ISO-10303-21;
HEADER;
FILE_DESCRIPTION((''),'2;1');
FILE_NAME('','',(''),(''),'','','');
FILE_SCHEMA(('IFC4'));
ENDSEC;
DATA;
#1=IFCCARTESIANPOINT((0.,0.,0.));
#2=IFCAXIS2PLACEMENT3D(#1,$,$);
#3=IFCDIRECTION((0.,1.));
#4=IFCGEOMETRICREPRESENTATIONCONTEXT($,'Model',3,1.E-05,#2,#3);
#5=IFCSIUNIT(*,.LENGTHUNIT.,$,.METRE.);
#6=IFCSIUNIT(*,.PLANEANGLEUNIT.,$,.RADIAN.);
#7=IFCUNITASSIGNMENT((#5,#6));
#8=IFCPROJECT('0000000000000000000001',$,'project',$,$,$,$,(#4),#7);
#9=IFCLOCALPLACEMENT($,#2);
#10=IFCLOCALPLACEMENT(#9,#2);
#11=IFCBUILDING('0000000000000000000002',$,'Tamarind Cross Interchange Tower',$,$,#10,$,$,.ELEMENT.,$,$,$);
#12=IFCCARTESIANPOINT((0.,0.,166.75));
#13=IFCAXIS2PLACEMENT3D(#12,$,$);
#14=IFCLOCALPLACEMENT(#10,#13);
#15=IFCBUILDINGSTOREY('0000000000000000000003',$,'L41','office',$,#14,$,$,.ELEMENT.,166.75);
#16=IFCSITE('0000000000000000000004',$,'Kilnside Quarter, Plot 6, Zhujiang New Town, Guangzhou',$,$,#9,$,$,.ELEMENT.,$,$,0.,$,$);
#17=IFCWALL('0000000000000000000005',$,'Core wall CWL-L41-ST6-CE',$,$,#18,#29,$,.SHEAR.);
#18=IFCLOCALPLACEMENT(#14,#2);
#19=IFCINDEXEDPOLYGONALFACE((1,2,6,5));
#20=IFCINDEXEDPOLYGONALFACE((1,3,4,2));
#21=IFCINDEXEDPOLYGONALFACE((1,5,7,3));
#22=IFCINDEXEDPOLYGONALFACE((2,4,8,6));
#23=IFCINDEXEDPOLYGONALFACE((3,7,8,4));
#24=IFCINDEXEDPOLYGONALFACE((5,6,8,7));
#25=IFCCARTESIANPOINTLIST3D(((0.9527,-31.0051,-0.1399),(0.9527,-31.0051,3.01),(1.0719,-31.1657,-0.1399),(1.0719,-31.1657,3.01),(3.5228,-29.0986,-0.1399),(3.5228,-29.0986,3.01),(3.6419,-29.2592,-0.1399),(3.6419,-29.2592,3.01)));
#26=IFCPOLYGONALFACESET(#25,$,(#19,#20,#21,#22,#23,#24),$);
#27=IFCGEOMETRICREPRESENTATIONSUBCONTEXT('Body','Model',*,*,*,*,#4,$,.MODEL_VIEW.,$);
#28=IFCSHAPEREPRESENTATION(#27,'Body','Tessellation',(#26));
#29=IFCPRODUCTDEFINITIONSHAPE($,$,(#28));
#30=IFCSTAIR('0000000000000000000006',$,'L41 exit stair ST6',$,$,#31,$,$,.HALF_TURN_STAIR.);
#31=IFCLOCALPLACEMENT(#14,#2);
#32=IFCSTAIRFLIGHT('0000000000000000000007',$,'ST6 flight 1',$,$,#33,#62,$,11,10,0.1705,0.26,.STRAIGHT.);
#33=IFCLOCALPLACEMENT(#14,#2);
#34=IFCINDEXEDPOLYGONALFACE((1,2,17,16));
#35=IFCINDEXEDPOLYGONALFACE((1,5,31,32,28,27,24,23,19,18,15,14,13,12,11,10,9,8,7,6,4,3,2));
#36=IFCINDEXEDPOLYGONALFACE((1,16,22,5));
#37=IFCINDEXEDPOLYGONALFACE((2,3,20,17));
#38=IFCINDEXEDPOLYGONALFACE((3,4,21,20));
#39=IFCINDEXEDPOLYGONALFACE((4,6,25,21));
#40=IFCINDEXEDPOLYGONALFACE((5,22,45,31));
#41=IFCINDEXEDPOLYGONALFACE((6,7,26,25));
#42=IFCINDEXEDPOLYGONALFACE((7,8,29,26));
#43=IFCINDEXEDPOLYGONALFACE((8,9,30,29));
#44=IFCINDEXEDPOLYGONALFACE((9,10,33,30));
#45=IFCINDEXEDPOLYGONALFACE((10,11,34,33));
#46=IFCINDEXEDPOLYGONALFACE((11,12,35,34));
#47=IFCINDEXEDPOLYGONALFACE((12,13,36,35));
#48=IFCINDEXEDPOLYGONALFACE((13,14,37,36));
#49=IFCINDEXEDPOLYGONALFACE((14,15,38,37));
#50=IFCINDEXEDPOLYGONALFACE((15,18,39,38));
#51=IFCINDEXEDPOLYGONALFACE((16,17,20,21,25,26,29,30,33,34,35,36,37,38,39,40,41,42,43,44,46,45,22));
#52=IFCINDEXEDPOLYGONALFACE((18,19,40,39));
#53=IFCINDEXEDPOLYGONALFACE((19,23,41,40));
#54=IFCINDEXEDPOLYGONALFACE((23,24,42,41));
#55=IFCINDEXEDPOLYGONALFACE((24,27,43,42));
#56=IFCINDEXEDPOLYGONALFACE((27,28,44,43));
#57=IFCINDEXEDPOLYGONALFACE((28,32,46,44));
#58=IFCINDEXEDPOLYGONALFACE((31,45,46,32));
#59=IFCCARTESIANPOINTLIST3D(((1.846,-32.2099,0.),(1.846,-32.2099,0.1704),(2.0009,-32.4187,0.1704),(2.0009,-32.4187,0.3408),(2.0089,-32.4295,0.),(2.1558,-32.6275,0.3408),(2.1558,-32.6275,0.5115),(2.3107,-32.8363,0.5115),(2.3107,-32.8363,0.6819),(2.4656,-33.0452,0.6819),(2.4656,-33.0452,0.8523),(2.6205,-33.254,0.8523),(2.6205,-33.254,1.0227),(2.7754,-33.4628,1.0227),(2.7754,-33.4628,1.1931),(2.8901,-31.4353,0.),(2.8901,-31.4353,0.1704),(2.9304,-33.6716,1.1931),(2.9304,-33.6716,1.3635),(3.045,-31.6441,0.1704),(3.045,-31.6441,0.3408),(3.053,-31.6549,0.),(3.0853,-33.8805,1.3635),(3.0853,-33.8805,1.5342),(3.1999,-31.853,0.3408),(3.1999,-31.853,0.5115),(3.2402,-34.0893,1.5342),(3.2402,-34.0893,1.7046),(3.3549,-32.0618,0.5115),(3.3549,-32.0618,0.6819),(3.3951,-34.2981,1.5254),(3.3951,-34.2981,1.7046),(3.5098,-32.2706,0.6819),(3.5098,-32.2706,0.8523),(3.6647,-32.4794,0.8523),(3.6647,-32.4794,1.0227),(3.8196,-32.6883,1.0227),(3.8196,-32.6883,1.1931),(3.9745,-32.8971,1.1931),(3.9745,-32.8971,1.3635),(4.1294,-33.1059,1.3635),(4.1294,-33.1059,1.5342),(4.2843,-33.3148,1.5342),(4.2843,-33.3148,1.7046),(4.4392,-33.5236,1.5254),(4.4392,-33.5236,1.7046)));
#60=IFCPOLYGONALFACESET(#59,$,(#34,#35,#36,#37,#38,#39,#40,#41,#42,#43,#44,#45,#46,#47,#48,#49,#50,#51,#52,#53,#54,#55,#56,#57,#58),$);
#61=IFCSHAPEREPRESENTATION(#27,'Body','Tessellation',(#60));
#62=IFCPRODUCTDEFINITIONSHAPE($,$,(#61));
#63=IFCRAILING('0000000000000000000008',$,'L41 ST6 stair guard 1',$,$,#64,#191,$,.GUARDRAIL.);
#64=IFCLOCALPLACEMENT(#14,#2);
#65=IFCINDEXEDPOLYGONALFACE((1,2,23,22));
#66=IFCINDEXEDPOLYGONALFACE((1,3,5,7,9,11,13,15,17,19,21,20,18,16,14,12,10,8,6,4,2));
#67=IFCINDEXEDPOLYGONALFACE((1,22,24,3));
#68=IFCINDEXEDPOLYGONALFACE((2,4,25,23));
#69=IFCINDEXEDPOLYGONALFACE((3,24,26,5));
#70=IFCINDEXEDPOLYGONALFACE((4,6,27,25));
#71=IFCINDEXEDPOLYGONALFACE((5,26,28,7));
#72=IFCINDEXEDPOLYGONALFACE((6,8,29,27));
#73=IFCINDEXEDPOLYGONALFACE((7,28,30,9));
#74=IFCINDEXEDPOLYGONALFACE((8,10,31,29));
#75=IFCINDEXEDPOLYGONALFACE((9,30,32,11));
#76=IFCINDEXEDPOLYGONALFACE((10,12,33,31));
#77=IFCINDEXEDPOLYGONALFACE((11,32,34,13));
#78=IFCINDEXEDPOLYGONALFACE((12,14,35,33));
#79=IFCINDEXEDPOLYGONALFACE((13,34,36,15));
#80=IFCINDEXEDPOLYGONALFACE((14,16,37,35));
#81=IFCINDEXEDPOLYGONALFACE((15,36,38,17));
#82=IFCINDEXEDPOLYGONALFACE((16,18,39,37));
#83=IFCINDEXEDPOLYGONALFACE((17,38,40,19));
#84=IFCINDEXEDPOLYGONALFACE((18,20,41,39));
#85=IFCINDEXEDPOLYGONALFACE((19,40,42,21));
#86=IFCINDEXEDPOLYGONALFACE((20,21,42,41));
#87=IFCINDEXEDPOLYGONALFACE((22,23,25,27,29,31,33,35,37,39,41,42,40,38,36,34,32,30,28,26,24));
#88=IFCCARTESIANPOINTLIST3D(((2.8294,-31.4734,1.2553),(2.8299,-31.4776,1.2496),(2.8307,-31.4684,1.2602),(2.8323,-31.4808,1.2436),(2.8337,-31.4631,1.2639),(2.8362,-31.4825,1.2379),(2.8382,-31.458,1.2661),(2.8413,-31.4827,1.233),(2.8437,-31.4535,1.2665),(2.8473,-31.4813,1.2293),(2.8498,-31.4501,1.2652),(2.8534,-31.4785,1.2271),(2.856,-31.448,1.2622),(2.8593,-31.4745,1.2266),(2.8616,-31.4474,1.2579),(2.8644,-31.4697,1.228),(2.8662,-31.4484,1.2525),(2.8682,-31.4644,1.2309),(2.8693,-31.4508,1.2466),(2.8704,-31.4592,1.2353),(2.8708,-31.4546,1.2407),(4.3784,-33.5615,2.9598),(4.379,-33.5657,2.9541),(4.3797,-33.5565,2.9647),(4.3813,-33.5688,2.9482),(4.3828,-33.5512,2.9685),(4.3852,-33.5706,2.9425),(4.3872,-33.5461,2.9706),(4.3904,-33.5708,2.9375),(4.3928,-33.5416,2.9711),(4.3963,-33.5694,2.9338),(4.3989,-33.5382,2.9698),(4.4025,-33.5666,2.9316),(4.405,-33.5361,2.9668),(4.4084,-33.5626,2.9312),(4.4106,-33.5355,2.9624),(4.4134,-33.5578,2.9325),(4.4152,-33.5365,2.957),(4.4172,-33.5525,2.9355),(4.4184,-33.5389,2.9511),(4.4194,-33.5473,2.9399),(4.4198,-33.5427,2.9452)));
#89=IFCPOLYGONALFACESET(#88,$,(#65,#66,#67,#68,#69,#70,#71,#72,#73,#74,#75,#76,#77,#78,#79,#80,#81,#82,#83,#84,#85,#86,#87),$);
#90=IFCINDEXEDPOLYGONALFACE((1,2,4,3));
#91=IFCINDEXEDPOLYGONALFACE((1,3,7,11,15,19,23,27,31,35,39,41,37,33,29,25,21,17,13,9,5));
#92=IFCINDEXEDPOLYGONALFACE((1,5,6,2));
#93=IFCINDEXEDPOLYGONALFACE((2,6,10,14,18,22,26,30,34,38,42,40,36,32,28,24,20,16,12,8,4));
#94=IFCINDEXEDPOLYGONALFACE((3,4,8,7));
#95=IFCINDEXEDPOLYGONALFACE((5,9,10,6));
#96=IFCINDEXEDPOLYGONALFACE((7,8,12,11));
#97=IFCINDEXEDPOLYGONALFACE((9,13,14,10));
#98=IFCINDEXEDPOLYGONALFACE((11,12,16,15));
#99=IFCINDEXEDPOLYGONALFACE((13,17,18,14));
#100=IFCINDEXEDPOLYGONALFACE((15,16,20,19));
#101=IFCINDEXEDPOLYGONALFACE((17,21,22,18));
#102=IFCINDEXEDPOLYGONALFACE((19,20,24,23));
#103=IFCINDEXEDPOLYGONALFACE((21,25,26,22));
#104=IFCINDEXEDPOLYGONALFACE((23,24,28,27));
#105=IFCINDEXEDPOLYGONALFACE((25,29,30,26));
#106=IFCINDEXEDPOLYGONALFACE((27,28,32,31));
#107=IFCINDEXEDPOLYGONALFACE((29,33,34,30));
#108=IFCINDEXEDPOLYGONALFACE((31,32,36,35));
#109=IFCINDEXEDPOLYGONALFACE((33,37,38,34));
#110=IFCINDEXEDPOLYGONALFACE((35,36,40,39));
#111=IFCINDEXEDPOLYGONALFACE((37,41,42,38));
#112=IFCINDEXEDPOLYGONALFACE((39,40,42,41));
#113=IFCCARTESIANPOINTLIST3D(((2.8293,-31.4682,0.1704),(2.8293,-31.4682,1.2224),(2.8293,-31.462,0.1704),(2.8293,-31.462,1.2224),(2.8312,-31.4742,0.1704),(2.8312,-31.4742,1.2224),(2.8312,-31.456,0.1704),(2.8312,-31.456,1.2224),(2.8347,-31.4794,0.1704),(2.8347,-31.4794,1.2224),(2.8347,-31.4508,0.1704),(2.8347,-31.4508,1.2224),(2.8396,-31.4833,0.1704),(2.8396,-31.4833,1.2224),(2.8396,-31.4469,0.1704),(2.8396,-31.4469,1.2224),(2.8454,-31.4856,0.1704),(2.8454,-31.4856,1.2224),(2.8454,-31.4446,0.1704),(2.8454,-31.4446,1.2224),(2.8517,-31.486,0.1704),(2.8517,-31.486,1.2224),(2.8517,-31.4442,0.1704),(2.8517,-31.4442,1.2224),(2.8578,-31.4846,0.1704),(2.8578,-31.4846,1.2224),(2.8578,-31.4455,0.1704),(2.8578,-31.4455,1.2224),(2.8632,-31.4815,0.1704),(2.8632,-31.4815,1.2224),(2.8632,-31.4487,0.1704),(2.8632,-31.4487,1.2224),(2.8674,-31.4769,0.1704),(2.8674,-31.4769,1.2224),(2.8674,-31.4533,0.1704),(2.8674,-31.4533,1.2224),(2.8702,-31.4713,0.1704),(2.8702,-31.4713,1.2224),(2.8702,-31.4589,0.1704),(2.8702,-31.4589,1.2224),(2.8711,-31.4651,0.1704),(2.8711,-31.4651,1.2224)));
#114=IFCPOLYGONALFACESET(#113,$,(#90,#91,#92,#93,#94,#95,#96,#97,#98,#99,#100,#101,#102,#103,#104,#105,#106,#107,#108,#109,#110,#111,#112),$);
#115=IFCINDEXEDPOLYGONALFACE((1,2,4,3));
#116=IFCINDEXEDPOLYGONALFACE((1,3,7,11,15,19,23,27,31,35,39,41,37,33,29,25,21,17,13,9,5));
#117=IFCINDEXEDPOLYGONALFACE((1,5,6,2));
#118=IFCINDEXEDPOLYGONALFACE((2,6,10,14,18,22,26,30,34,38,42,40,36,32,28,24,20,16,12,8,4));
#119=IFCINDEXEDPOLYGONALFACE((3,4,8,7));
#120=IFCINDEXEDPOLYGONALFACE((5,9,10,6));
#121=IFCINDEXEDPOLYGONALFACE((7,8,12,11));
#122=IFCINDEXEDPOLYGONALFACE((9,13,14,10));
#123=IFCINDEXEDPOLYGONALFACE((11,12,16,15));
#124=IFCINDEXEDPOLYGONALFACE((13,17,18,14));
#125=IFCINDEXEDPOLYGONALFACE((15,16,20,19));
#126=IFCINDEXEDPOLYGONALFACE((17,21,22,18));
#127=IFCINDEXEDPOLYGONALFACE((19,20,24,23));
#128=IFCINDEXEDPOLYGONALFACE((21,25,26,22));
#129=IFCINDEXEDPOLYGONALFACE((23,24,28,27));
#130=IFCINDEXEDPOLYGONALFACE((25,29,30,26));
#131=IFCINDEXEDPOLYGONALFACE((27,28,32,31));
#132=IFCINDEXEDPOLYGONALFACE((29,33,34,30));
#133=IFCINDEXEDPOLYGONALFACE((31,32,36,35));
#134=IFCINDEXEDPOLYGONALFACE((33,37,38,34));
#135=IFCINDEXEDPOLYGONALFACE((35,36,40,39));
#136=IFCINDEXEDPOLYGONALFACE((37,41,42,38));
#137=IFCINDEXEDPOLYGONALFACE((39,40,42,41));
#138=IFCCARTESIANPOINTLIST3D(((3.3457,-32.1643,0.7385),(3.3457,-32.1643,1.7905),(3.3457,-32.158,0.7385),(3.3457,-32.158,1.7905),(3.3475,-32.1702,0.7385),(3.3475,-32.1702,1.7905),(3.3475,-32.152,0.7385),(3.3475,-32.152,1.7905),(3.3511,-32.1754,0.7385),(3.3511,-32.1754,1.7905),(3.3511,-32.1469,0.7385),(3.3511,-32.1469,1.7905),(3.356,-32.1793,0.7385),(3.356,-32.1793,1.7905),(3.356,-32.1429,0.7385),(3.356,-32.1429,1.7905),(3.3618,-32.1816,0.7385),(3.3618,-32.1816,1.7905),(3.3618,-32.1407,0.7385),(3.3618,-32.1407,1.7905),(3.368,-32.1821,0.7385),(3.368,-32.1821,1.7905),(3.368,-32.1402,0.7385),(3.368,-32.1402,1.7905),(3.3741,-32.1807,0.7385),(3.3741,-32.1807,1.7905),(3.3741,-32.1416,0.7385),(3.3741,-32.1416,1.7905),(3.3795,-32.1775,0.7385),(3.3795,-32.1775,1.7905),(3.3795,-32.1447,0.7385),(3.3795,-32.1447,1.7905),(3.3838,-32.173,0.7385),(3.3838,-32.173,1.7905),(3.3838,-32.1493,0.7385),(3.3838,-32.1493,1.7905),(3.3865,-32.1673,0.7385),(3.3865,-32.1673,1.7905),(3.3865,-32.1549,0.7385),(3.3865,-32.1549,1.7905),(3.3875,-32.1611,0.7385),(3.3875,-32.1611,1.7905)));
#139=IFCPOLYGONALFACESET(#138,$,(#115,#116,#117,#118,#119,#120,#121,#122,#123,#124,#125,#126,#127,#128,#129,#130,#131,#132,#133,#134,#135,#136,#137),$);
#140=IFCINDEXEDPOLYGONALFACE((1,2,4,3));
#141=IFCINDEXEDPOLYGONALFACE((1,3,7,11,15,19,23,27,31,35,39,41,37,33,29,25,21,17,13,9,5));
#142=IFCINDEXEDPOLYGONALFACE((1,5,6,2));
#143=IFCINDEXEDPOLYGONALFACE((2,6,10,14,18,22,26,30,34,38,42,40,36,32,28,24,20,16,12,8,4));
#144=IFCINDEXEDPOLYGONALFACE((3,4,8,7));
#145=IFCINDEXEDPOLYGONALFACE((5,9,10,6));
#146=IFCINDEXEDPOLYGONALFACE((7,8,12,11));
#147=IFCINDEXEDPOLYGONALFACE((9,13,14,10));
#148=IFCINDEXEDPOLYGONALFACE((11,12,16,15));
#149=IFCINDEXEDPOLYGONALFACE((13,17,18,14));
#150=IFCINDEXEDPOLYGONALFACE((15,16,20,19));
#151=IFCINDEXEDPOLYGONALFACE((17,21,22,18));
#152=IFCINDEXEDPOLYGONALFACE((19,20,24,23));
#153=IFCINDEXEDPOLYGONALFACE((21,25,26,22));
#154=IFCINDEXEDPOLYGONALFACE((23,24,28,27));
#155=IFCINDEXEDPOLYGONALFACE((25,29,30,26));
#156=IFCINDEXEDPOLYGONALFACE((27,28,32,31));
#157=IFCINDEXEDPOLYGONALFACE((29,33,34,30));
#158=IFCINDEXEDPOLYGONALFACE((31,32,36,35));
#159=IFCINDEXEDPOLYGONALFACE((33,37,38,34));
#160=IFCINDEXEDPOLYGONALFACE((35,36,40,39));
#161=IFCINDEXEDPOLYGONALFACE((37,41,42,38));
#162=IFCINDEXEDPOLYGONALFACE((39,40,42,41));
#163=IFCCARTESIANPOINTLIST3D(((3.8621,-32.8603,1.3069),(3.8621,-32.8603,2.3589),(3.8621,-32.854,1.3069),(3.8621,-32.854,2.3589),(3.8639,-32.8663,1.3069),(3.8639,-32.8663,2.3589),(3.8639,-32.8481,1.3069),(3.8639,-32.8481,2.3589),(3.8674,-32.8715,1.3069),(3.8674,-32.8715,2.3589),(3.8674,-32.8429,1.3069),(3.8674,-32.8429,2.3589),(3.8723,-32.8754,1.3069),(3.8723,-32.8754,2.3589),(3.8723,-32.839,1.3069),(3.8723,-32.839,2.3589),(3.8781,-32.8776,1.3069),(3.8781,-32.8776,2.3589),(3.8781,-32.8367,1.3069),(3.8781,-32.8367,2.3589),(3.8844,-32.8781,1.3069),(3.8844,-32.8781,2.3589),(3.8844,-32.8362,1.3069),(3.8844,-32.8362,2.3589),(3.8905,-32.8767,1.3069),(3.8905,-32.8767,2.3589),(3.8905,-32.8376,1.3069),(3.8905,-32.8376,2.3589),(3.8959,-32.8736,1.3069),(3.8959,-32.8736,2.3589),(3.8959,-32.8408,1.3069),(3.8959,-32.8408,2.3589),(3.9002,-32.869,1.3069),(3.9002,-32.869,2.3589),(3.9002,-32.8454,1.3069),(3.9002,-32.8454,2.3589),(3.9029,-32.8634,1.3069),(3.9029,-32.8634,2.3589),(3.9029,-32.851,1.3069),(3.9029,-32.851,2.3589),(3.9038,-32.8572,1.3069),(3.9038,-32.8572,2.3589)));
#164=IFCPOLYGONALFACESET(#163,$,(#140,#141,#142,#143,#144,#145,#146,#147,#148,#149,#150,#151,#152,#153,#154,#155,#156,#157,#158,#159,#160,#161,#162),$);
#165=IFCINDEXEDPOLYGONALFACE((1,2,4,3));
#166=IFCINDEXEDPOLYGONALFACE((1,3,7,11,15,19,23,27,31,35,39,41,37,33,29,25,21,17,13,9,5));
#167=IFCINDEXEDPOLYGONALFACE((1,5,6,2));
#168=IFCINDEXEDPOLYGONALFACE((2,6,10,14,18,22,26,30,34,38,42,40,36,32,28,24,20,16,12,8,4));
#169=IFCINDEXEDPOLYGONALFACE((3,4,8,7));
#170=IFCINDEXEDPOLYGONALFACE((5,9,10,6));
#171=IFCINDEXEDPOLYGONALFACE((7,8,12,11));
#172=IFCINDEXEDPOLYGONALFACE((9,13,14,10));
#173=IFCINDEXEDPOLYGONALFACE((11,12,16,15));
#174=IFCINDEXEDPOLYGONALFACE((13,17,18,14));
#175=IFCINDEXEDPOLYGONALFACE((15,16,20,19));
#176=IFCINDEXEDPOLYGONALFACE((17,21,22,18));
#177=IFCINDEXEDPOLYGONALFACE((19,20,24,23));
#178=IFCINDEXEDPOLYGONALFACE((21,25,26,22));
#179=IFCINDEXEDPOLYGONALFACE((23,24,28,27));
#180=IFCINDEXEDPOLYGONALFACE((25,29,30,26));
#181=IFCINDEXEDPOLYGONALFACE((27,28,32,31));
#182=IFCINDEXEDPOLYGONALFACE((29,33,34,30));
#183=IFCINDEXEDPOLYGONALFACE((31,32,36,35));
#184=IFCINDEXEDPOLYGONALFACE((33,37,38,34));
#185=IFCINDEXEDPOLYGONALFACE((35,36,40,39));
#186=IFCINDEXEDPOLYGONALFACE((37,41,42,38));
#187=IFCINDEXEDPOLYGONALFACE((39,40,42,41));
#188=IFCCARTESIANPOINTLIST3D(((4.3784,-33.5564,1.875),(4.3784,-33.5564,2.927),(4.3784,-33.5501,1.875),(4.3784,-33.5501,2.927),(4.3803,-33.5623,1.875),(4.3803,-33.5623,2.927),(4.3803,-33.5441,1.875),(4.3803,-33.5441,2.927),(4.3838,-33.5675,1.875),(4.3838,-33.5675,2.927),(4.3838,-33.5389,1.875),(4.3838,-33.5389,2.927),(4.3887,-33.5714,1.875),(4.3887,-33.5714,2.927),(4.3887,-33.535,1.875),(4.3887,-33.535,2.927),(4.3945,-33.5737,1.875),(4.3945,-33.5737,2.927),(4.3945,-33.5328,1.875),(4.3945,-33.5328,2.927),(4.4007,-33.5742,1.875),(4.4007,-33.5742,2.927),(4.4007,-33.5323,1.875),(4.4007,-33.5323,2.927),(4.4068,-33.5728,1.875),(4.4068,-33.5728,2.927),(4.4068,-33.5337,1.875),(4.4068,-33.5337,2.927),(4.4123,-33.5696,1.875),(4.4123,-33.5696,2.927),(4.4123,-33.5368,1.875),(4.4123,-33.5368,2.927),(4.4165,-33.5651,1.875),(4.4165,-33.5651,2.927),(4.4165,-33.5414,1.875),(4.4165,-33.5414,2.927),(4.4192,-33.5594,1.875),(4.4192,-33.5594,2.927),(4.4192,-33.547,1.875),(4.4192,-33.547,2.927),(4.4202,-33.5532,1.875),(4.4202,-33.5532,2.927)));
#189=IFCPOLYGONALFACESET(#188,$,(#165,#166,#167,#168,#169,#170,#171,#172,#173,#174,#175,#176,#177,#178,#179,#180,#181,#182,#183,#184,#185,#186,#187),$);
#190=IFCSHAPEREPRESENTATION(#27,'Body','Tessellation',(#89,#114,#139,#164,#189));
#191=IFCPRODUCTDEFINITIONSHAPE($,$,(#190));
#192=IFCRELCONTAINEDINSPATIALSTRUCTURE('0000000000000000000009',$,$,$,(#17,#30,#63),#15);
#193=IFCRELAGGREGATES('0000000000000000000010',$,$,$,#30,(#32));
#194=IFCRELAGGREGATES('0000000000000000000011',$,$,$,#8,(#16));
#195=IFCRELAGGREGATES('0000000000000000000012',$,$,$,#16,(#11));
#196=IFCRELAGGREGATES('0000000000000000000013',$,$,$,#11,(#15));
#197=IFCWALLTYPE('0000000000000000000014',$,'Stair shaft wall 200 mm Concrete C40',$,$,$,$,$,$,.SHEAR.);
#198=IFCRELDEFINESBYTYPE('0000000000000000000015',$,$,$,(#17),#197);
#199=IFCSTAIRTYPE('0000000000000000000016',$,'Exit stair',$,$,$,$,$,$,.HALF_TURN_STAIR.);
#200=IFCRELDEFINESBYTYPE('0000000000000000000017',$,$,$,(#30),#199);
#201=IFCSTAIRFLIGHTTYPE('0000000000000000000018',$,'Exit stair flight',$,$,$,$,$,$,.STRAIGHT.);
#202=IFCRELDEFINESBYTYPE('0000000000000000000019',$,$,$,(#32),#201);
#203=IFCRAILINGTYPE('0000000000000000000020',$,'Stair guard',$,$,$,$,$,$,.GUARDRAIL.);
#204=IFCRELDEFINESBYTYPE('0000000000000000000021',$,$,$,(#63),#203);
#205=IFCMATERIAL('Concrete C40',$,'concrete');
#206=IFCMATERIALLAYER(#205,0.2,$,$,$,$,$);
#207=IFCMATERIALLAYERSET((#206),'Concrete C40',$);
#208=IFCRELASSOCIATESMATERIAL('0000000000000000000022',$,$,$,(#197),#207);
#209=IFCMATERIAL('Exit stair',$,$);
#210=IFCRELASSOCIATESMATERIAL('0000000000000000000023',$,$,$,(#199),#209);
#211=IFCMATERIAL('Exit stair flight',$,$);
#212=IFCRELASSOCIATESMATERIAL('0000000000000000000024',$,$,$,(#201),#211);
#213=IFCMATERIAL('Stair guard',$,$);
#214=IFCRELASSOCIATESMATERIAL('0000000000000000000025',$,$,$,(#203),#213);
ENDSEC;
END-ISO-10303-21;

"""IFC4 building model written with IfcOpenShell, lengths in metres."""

from ifc_helpers import new_model, si_unit, direction, frame, frame_2d, origin, origin_2d, place, context, subcontext, project, spatial, polyline, rectangle, circle, outline, extrude, material, layer, layer_set, type_object, element, aggregate, save


model = new_model("IFC4")

# Units and contexts
model_context = context("Model", 3, precision=1e-05, world=origin(), true_north=direction((0.0, 1.0)))
body_context = subcontext(model_context, "Body", "Model", "MODEL_VIEW")
ifc_project = project(units=[si_unit("LENGTHUNIT", "METRE"), si_unit("PLANEANGLEUNIT", "RADIAN")], contexts=[model_context])

# Site, building, storey
site_placement = place(None, origin())
site = spatial("IfcSite", under=ifc_project, at=site_placement, Name="Kilnside Quarter, Plot 6, Zhujiang New Town, Guangzhou", CompositionType="ELEMENT", RefElevation=0.0)
building_placement = place(site_placement, origin())
building = spatial("IfcBuilding", under=site, at=building_placement, Name="Tamarind Cross Interchange Tower", CompositionType="ELEMENT")
storey_placement = place(building_placement, frame((0.0, 0.0, 166.75)))
storey = spatial("IfcBuildingStorey", under=building, at=storey_placement, Name="L41", Description="office", CompositionType="ELEMENT", Elevation=166.75)

# Wall
ifc_material_1 = material(Name="Concrete C40", Category="concrete")
ifc_layer_1 = layer(ifc_material_1, 0.2)
ifc_layer_set_1 = layer_set([ifc_layer_1], Name="Concrete C40")
wall_type_1 = type_object("IfcWallType", Name="Stair shaft wall 200 mm Concrete C40", PredefinedType="SHEAR", material=ifc_layer_set_1)
wall_1_placement = place(storey_placement, frame((1.0122, -31.0854, -0.1399), z_axis=(0.0, 0.0, 1.0), x_axis=(0.803147, 0.59578, 0.0)))
element("IfcWall", 1, at=wall_1_placement, inside=storey, type_object=wall_type_1, Name="Core wall CWL-L41-ST6-CE", PredefinedType="SHEAR", context=body_context, shape_type="SweptSolid", body=[
    extrude(rectangle(XDim=3.2, YDim=0.2, at=frame_2d((1.6001, 0.0))), origin(), (0.0, 0.0, 1.0), 3.1499),
])

# Stair, stair flight
ifc_material_2 = material(Name="Exit stair")
stair_type = type_object("IfcStairType", Name="Exit stair", PredefinedType="HALF_TURN_STAIR", material=ifc_material_2)
stair_placement = place(storey_placement, origin())
stair = element("IfcStair", 2, at=stair_placement, inside=storey, type_object=stair_type, Name="L41 exit stair ST6", PredefinedType="HALF_TURN_STAIR")
ifc_material_3 = material(Name="Exit stair flight")
stair_flight_type = type_object("IfcStairFlightType", Name="Exit stair flight", PredefinedType="STRAIGHT", material=ifc_material_3)
stair_flight_placement = place(storey_placement, frame((2.3682, -31.8225, 0.0), z_axis=(0.0, 0.0, 1.0), x_axis=(0.595776, -0.80315, 0.0)))
stair_flight = element("IfcStairFlight", 3, at=stair_flight_placement, type_object=stair_flight_type, Name="ST6 flight 1", NumberOfRisers=11, NumberOfTreads=10, PredefinedType="STRAIGHT", RiserHeight=0.1705, TreadLength=0.26, context=body_context, shape_type="SweptSolid", body=[
    extrude(outline(polyline([(0.0, 0.0), (0.0, 0.1704), (0.26, 0.1704), (0.26, 0.3408), (0.52, 0.3408), (0.52, 0.5115), (0.78, 0.5115), (0.78, 0.6819), (1.04, 0.6819), (1.04, 0.8523), (1.3, 0.8523), (1.3, 1.0227), (1.5601, 1.0227), (1.5601, 1.1931), (1.8201, 1.1931), (1.8201, 1.3635), (2.0801, 1.3635), (2.0801, 1.5342), (2.3401, 1.5342), (2.3401, 1.7046), (2.6001, 1.7046), (2.6001, 1.875), (2.6001, 1.5254), (0.2734, 0.0), (0.0, 0.0)])), frame((0.0, 0.6499, 0.0), z_axis=(0.0, -1.0, 0.0), x_axis=(1.0, 0.0, 0.0)), (0.0, 0.0, 1.0), 1.3),
])
aggregate(stair, [stair_flight])

# Railing
ifc_material_4 = material(Name="Stair guard")
railing_type = type_object("IfcRailingType", Name="Stair guard", PredefinedType="GUARDRAIL", material=ifc_material_4)
railing_1_placement = place(storey_placement, frame((2.8501, -31.4651, 0.1704)))
element("IfcRailing", 4, at=railing_1_placement, inside=storey, type_object=railing_type, Name="L41 ST6 stair guard 1", PredefinedType="GUARDRAIL", context=body_context, shape_type="SweptSolid", body=[
    extrude(circle(Radius=0.0239, at=origin_2d()), frame((0.0, 0.0, 1.0762), z_axis=(0.498263, -0.671653, 0.548285), x_axis=(0.803133, 0.5958, 0.0)), (0.0, 0.0, 1.0), 3.1089),
    extrude(circle(Radius=0.021, at=origin_2d()), origin(), (0.0, 0.0, 1.0), 1.052),
    extrude(circle(Radius=0.021, at=origin_2d()), frame((0.5164, -0.696, 0.5681)), (0.0, 0.0, 1.0), 1.052),
    extrude(circle(Radius=0.021, at=origin_2d()), frame((1.0327, -1.3921, 1.1365)), (0.0, 0.0, 1.0), 1.052),
    extrude(circle(Radius=0.021, at=origin_2d()), frame((1.5491, -2.0881, 1.7046)), (0.0, 0.0, 1.0), 1.052),
])

save(model, "model.ifc")
